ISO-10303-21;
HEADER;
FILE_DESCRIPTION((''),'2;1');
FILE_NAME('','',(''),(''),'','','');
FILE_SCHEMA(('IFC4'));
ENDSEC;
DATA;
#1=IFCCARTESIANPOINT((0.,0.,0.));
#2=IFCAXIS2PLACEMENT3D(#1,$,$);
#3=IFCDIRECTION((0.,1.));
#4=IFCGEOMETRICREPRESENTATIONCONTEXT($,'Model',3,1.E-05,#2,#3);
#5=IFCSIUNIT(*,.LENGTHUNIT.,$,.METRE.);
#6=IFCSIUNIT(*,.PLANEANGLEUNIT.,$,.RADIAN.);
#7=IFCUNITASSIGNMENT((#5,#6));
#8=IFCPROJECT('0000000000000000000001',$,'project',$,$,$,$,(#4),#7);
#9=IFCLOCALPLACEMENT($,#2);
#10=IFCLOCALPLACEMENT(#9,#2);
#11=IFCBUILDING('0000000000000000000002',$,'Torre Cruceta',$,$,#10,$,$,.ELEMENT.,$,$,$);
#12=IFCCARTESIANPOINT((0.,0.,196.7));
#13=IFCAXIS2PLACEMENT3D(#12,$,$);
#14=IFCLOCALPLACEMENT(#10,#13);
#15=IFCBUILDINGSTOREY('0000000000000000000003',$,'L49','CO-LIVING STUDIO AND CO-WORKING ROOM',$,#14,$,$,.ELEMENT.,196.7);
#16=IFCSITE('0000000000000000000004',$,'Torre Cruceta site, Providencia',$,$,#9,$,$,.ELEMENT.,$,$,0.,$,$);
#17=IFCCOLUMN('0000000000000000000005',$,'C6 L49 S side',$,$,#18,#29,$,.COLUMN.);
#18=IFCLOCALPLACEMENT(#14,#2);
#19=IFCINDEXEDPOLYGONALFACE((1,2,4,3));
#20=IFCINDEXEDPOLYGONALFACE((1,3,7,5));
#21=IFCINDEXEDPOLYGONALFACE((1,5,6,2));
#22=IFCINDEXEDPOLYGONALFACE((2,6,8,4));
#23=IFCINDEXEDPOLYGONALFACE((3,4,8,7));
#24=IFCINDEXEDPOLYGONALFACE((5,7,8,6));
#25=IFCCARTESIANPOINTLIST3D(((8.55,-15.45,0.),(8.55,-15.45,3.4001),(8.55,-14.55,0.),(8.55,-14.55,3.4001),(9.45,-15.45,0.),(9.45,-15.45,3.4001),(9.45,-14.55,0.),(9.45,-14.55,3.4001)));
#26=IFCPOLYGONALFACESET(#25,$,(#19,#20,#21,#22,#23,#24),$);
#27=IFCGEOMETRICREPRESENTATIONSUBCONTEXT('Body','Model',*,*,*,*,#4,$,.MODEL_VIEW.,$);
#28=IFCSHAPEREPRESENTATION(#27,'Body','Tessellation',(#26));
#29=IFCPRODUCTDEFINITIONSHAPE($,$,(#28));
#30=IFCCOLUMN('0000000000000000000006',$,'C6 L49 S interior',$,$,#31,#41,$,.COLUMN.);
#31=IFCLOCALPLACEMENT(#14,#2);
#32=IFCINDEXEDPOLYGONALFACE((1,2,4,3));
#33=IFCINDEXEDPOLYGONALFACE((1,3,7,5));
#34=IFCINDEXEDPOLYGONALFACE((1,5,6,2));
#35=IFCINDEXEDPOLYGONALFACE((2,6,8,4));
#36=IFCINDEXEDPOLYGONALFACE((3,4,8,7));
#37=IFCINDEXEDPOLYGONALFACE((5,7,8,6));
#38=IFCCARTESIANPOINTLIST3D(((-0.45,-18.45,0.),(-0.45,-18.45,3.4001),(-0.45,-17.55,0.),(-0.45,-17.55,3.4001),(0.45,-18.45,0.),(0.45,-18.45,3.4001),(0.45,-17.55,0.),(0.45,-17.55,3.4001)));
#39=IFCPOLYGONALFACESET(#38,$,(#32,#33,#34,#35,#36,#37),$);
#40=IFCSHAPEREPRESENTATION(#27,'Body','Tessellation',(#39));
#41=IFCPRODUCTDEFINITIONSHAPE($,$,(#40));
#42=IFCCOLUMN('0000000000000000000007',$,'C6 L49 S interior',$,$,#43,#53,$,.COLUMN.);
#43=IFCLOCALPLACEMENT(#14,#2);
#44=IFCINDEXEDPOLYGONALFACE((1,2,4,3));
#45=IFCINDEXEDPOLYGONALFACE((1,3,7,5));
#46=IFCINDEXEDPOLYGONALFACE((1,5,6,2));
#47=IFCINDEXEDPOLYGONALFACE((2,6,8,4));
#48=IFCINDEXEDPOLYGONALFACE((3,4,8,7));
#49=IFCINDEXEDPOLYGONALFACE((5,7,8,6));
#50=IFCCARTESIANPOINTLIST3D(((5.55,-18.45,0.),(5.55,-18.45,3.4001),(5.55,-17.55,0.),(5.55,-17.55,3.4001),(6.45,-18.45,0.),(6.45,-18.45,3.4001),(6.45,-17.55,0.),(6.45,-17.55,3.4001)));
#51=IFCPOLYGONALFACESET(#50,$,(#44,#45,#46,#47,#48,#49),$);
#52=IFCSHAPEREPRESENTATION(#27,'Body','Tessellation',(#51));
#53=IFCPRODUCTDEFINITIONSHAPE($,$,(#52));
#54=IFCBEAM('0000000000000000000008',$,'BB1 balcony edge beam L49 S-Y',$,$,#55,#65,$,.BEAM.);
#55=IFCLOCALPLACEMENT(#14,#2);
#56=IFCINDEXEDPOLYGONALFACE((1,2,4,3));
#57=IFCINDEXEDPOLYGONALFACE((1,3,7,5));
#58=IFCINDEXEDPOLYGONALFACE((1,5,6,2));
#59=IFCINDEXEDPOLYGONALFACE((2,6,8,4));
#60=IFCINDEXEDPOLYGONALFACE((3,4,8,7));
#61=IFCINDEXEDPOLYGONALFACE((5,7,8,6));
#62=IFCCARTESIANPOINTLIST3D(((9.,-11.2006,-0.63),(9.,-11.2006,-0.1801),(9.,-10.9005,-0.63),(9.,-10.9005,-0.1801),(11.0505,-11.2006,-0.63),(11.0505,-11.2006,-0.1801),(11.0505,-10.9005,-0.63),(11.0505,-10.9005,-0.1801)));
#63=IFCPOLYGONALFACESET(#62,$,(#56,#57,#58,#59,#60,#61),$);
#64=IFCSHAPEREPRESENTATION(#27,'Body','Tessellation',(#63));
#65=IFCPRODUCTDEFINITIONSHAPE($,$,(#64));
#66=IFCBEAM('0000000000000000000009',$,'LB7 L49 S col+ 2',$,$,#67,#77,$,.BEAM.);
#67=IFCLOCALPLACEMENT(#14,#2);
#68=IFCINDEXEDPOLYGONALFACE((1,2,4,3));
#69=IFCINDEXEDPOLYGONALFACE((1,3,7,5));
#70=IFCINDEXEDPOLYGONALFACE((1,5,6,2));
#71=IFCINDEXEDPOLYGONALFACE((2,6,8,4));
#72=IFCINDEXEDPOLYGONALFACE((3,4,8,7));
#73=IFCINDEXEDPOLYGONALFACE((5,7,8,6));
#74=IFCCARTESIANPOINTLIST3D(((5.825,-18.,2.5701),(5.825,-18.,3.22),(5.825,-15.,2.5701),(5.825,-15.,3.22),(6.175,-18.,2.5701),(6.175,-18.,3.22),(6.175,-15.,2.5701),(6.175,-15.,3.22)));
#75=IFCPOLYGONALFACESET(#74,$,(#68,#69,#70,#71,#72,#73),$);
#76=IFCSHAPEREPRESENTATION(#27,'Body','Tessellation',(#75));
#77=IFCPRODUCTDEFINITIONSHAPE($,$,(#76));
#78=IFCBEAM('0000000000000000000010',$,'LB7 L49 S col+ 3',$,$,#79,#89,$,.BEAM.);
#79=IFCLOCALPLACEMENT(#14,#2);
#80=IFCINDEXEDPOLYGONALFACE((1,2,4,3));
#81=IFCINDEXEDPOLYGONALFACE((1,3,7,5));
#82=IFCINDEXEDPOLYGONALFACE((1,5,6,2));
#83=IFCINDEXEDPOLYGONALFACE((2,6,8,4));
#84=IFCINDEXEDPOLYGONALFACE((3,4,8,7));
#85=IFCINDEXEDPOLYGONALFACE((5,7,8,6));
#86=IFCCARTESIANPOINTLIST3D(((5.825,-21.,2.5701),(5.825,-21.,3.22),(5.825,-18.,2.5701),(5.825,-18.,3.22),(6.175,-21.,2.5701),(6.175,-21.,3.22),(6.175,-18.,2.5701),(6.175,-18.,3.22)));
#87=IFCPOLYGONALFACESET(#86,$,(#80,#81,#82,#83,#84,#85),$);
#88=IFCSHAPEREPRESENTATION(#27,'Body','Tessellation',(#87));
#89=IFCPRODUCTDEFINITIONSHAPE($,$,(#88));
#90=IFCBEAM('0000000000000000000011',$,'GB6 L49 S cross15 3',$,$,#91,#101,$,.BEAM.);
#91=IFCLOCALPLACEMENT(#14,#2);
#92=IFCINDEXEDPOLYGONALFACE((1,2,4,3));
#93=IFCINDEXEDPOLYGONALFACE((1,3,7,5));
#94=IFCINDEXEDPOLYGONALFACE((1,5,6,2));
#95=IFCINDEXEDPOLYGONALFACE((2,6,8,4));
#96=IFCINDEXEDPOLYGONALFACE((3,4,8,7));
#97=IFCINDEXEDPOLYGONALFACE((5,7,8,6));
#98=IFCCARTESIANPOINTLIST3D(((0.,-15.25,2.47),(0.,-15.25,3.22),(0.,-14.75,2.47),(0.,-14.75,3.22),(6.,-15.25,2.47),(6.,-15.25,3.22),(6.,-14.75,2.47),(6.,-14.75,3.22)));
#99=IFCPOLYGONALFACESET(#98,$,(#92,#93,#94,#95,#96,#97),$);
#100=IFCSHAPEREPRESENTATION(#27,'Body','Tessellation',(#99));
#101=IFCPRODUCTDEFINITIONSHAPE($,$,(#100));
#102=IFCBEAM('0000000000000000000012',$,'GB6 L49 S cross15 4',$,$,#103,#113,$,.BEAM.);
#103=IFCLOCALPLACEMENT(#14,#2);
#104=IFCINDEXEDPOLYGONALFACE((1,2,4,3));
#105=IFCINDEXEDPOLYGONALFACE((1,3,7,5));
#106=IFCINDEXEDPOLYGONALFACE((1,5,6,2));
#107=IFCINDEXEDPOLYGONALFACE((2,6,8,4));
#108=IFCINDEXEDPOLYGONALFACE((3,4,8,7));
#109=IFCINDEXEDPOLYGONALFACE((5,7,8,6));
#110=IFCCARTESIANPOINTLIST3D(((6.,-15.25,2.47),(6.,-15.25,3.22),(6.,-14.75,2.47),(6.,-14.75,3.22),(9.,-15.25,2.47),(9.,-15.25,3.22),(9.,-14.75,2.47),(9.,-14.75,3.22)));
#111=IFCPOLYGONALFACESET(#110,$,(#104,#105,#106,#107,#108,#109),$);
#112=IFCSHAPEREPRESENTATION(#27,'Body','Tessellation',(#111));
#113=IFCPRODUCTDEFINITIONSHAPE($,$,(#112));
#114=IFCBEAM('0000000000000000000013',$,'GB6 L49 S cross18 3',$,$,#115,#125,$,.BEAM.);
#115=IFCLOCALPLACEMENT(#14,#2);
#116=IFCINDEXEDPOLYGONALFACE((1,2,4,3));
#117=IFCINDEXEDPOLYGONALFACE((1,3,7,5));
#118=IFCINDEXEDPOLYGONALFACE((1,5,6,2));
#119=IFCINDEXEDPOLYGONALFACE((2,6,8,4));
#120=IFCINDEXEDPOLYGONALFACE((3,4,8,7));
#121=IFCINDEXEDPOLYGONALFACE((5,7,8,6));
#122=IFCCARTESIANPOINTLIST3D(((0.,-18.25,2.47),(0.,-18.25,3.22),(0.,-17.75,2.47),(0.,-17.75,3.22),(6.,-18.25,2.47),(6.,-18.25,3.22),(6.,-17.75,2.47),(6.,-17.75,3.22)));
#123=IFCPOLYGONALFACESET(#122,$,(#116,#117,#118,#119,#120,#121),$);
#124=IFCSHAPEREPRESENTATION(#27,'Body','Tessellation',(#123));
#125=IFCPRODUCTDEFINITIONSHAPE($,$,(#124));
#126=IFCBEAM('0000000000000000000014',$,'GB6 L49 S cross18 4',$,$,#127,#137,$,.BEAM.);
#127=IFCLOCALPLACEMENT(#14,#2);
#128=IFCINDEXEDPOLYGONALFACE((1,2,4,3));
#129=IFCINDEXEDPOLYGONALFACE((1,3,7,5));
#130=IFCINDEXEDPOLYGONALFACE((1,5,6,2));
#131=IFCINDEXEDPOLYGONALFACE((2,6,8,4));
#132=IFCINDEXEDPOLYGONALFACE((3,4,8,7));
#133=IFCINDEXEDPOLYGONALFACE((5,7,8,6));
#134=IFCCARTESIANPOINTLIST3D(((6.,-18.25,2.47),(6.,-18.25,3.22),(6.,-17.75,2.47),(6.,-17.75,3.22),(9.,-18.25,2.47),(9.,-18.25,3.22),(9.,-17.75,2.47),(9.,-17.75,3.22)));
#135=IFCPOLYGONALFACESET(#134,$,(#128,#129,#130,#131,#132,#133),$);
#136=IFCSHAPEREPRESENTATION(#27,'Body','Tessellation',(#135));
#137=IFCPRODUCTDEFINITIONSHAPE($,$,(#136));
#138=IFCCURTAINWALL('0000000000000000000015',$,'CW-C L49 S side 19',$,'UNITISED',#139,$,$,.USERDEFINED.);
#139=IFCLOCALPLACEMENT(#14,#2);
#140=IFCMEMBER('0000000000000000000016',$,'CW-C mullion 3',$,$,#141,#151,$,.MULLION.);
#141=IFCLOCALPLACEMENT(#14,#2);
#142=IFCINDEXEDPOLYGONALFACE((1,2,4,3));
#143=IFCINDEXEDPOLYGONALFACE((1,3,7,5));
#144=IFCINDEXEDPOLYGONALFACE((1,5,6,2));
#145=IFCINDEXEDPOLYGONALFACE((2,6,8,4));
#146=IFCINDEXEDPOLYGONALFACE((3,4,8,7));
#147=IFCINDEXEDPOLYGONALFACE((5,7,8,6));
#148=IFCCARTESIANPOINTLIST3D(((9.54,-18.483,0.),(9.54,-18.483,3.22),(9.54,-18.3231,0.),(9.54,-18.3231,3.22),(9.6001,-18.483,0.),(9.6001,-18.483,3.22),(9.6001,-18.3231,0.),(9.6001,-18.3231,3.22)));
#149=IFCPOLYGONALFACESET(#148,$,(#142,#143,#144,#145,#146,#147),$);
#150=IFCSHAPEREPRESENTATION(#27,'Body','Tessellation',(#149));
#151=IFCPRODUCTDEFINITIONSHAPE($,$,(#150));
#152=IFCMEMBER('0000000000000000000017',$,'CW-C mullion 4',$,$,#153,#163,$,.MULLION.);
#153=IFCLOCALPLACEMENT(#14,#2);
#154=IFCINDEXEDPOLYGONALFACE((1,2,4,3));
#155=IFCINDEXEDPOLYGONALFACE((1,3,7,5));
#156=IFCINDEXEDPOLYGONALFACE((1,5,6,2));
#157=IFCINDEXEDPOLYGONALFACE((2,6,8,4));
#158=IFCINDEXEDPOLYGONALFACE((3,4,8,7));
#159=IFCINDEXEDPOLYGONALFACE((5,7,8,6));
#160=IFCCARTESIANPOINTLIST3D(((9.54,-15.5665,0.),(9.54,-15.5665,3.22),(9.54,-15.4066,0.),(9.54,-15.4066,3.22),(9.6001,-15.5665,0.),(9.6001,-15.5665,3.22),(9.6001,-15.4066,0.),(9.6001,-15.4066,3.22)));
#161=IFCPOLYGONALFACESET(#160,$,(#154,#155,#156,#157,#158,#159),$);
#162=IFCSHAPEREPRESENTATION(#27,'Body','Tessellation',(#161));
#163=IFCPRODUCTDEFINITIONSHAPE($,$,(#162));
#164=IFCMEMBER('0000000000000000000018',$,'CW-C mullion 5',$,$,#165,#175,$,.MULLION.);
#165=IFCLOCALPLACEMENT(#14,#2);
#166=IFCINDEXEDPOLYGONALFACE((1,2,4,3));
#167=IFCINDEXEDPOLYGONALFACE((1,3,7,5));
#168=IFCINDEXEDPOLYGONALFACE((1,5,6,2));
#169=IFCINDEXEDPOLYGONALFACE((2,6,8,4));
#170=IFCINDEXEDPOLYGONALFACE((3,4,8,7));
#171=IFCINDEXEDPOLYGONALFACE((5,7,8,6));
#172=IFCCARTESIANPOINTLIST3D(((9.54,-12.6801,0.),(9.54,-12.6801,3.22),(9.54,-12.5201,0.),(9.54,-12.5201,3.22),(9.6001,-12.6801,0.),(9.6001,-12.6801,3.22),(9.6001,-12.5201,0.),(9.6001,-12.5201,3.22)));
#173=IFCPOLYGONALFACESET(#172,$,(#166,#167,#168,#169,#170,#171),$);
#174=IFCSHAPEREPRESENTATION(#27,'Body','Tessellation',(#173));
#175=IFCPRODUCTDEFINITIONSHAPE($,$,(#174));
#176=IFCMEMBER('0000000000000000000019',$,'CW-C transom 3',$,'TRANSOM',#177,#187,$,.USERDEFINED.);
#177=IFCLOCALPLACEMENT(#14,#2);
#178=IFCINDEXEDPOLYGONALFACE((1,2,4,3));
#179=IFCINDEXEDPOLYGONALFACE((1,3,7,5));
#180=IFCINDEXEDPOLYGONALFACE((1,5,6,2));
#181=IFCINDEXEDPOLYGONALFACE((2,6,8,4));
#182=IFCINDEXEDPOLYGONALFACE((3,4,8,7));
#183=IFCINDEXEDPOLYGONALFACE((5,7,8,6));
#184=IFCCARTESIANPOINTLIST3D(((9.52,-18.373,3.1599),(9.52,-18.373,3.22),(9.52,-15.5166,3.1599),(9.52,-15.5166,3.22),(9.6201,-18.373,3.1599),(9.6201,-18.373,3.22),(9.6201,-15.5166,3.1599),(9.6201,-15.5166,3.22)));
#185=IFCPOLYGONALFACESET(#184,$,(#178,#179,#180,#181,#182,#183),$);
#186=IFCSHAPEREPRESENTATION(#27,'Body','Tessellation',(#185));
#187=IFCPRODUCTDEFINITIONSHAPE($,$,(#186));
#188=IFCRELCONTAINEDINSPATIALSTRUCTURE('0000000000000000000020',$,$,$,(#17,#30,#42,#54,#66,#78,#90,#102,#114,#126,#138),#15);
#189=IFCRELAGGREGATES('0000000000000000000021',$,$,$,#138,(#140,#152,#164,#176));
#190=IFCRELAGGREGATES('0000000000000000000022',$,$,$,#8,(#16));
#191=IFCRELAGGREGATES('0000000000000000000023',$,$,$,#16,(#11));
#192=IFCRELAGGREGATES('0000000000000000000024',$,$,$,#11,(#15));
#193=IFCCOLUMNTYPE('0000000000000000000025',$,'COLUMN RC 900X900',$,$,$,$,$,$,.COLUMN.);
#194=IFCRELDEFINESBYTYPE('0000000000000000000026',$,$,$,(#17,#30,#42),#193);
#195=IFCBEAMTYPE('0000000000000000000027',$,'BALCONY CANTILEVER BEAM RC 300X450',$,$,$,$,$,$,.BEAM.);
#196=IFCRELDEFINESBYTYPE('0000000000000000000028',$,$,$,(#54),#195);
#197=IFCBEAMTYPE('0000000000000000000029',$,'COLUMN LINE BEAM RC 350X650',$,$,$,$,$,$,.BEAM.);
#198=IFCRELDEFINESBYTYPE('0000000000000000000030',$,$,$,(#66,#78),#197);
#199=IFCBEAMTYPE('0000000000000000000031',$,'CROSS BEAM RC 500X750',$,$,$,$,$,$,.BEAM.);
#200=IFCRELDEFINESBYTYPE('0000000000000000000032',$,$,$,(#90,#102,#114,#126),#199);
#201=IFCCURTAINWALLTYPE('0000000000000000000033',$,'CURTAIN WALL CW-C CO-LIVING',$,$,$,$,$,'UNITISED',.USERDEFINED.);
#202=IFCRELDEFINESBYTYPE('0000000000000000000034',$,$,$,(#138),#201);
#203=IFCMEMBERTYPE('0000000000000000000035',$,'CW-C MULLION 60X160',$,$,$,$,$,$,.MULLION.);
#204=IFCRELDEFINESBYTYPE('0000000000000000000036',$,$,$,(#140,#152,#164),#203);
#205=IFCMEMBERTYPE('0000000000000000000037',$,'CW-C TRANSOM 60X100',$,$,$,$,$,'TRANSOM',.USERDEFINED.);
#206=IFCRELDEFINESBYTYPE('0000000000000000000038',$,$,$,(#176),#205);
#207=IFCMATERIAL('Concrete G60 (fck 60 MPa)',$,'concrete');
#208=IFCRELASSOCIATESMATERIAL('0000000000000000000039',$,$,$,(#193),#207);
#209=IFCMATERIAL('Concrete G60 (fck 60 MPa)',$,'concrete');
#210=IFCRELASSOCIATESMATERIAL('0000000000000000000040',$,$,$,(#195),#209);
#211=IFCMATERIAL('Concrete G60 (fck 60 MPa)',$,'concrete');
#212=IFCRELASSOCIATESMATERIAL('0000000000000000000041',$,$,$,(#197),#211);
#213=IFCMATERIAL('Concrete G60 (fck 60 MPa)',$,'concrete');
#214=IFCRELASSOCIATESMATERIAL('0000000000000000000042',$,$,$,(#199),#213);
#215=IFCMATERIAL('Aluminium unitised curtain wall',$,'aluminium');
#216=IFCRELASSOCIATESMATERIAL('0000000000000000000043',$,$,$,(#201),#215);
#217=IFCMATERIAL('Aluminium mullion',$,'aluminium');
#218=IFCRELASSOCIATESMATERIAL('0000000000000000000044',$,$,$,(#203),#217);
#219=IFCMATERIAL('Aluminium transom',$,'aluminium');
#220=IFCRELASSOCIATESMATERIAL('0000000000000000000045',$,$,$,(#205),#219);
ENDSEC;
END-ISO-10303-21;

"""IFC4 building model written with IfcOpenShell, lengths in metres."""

from ifc_helpers import new_model, si_unit, direction, frame, origin, origin_2d, place, context, subcontext, project, spatial, rectangle, extrude, material, material_profile, profile_set, type_object, element, aggregate, save


model = new_model("IFC4")

# Units and contexts
model_context = context("Model", 3, precision=1e-05, world=origin(), true_north=direction((0.0, 1.0)))
body_context = subcontext(model_context, "Body", "Model", "MODEL_VIEW")
ifc_project = project(units=[si_unit("LENGTHUNIT", "METRE"), si_unit("PLANEANGLEUNIT", "RADIAN")], contexts=[model_context])

# Site, building, storey
site_placement = place(None, origin())
site = spatial("IfcSite", under=ifc_project, at=site_placement, Name="Torre Cruceta site, Providencia", CompositionType="ELEMENT", RefElevation=0.0)
building_placement = place(site_placement, origin())
building = spatial("IfcBuilding", under=site, at=building_placement, Name="Torre Cruceta", CompositionType="ELEMENT")
storey_placement = place(building_placement, frame((0.0, 0.0, 196.7)))
storey = spatial("IfcBuildingStorey", under=building, at=storey_placement, Name="L49", Description="CO-LIVING STUDIO AND CO-WORKING ROOM", CompositionType="ELEMENT", Elevation=196.7)

# Columns
ifc_material_1 = material(Name="Concrete G60 (fck 60 MPa)", Category="concrete")
ifc_material_profile_1 = material_profile(ifc_material_1, rectangle(XDim=0.8999, YDim=0.8999, at=origin_2d()), Name="RC 900X900")
ifc_profile_set_1 = profile_set([ifc_material_profile_1], Name="Concrete G60 (fck 60 MPa)")
column_type = type_object("IfcColumnType", Name="COLUMN RC 900X900", PredefinedType="COLUMN", material=ifc_profile_set_1)
for number, where, z_axis, x_axis, name in (
    (1, (9.0, -15.0, 0.0), (0.0, 0.0, 1.0), (1.0, 0.0, 0.0), "C6 L49 S side"),
    (2, (0.0, -18.0, 0.0), (0.0, 0.0, 1.0), (1.0, 0.0, 0.0), "C6 L49 S interior"),
    (3, (6.0, -18.0, 0.0), (0.0, 0.0, 1.0), (1.0, 0.0, 0.0), "C6 L49 S interior"),
):
    element("IfcColumn", number, at=place(storey_placement, frame(where, z_axis=z_axis, x_axis=x_axis)), inside=storey, type_object=column_type, Name=name, PredefinedType="COLUMN", context=body_context, shape_type="SweptSolid", body=[
        extrude(rectangle(XDim=0.8999, YDim=0.8999, at=origin_2d()), origin(), (0.0, 0.0, 1.0), 3.4001),
    ])

# Beams
ifc_material_2 = material(Name="Concrete G60 (fck 60 MPa)", Category="concrete")
ifc_material_profile_2 = material_profile(ifc_material_2, rectangle(XDim=0.3, YDim=0.45, at=origin_2d()), Name="RC 300X450")
ifc_profile_set_2 = profile_set([ifc_material_profile_2], Name="Concrete G60 (fck 60 MPa)")
beam_type_1 = type_object("IfcBeamType", Name="BALCONY CANTILEVER BEAM RC 300X450", PredefinedType="BEAM", material=ifc_profile_set_2)
beam_1_placement = place(storey_placement, frame((9.0, -11.0505, -0.405), z_axis=(1.0, 0.0, 0.0), x_axis=(0.0, 1.0, 0.0)))
element("IfcBeam", 4, at=beam_1_placement, inside=storey, type_object=beam_type_1, Name="BB1 balcony edge beam L49 S-Y", PredefinedType="BEAM", context=body_context, shape_type="SweptSolid", body=[
    extrude(rectangle(XDim=0.3, YDim=0.45, at=origin_2d()), origin(), (0.0, 0.0, 1.0), 2.0505),
])
ifc_material_3 = material(Name="Concrete G60 (fck 60 MPa)", Category="concrete")
ifc_material_profile_3 = material_profile(ifc_material_3, rectangle(XDim=0.3501, YDim=0.6499, at=origin_2d()), Name="RC 350X650")
ifc_profile_set_3 = profile_set([ifc_material_profile_3], Name="Concrete G60 (fck 60 MPa)")
beam_type_2 = type_object("IfcBeamType", Name="COLUMN LINE BEAM RC 350X650", PredefinedType="BEAM", material=ifc_profile_set_3)
for number, where, z_axis, x_axis, name in (
    (5, (6.0, -15.0, 2.895), (0.0, -1.0, 0.0), (1.0, 0.0, 0.0), "LB7 L49 S col+ 2"),
    (6, (6.0, -18.0, 2.895), (0.0, -1.0, 0.0), (1.0, 0.0, 0.0), "LB7 L49 S col+ 3"),
):
    element("IfcBeam", number, at=place(storey_placement, frame(where, z_axis=z_axis, x_axis=x_axis)), inside=storey, type_object=beam_type_2, Name=name, PredefinedType="BEAM", context=body_context, shape_type="SweptSolid", body=[
        extrude(rectangle(XDim=0.3501, YDim=0.6499, at=origin_2d()), origin(), (0.0, 0.0, 1.0), 3.0),
    ])
ifc_material_4 = material(Name="Concrete G60 (fck 60 MPa)", Category="concrete")
ifc_material_profile_4 = material_profile(ifc_material_4, rectangle(XDim=0.5, YDim=0.75, at=origin_2d()), Name="RC 500X750")
ifc_profile_set_4 = profile_set([ifc_material_profile_4], Name="Concrete G60 (fck 60 MPa)")
beam_type_3 = type_object("IfcBeamType", Name="CROSS BEAM RC 500X750", PredefinedType="BEAM", material=ifc_profile_set_4)
beam_2_placement = place(storey_placement, frame((0.0, -15.0, 2.845), z_axis=(1.0, 0.0, 0.0), x_axis=(0.0, 1.0, 0.0)))
element("IfcBeam", 7, at=beam_2_placement, inside=storey, type_object=beam_type_3, Name="GB6 L49 S cross15 3", PredefinedType="BEAM", context=body_context, shape_type="SweptSolid", body=[
    extrude(rectangle(XDim=0.5, YDim=0.75, at=origin_2d()), origin(), (0.0, 0.0, 1.0), 6.0),
])
beam_3_placement = place(storey_placement, frame((6.0, -15.0, 2.845), z_axis=(1.0, 0.0, 0.0), x_axis=(0.0, 1.0, 0.0)))
element("IfcBeam", 8, at=beam_3_placement, inside=storey, type_object=beam_type_3, Name="GB6 L49 S cross15 4", PredefinedType="BEAM", context=body_context, shape_type="SweptSolid", body=[
    extrude(rectangle(XDim=0.5, YDim=0.75, at=origin_2d()), origin(), (0.0, 0.0, 1.0), 3.0),
])
beam_4_placement = place(storey_placement, frame((0.0, -18.0, 2.845), z_axis=(1.0, 0.0, 0.0), x_axis=(0.0, 1.0, 0.0)))
element("IfcBeam", 9, at=beam_4_placement, inside=storey, type_object=beam_type_3, Name="GB6 L49 S cross18 3", PredefinedType="BEAM", context=body_context, shape_type="SweptSolid", body=[
    extrude(rectangle(XDim=0.5, YDim=0.75, at=origin_2d()), origin(), (0.0, 0.0, 1.0), 6.0),
])
beam_5_placement = place(storey_placement, frame((6.0, -18.0, 2.845), z_axis=(1.0, 0.0, 0.0), x_axis=(0.0, 1.0, 0.0)))
element("IfcBeam", 10, at=beam_5_placement, inside=storey, type_object=beam_type_3, Name="GB6 L49 S cross18 4", PredefinedType="BEAM", context=body_context, shape_type="SweptSolid", body=[
    extrude(rectangle(XDim=0.5, YDim=0.75, at=origin_2d()), origin(), (0.0, 0.0, 1.0), 3.0),
])

# Curtain wall, members
ifc_material_5 = material(Name="Aluminium unitised curtain wall", Category="aluminium")
curtain_wall_type = type_object("IfcCurtainWallType", Name="CURTAIN WALL CW-C CO-LIVING", ElementType="UNITISED", PredefinedType="USERDEFINED", material=ifc_material_5)
curtain_wall_placement = place(storey_placement, origin())
curtain_wall = element("IfcCurtainWall", 11, at=curtain_wall_placement, inside=storey, type_object=curtain_wall_type, Name="CW-C L49 S side 19", ObjectType="UNITISED", PredefinedType="USERDEFINED")
ifc_material_6 = material(Name="Aluminium mullion", Category="aluminium")
ifc_material_profile_5 = material_profile(ifc_material_6, rectangle(XDim=0.0601, YDim=0.1599, at=origin_2d()), Name="AL 60X160")
ifc_profile_set_5 = profile_set([ifc_material_profile_5], Name="Aluminium mullion")
member_type_1 = type_object("IfcMemberType", Name="CW-C MULLION 60X160", PredefinedType="MULLION", material=ifc_profile_set_5)
member_1_placement = place(storey_placement, frame((9.5701, -18.4031, 0.0), z_axis=(0.0, 0.0, 1.0), x_axis=(-1.0, 0.0, 0.0)))
member_1 = element("IfcMember", 12, at=member_1_placement, type_object=member_type_1, Name="CW-C mullion 3", PredefinedType="MULLION", context=body_context, shape_type="SweptSolid", body=[
    extrude(rectangle(XDim=0.0601, YDim=0.1599, at=origin_2d()), origin(), (0.0, 0.0, 1.0), 3.22),
])
member_2_placement = place(storey_placement, frame((9.5701, -15.4866, 0.0), z_axis=(0.0, 0.0, 1.0), x_axis=(-1.0, 0.0, 0.0)))
member_2 = element("IfcMember", 13, at=member_2_placement, type_object=member_type_1, Name="CW-C mullion 4", PredefinedType="MULLION", context=body_context, shape_type="SweptSolid", body=[
    extrude(rectangle(XDim=0.0601, YDim=0.1599, at=origin_2d()), origin(), (0.0, 0.0, 1.0), 3.22),
])
member_3_placement = place(storey_placement, frame((9.5701, -12.6001, 0.0), z_axis=(0.0, 0.0, 1.0), x_axis=(-1.0, 0.0, 0.0)))
member_3 = element("IfcMember", 14, at=member_3_placement, type_object=member_type_1, Name="CW-C mullion 5", PredefinedType="MULLION", context=body_context, shape_type="SweptSolid", body=[
    extrude(rectangle(XDim=0.0601, YDim=0.1599, at=origin_2d()), origin(), (0.0, 0.0, 1.0), 3.22),
])
ifc_material_7 = material(Name="Aluminium transom", Category="aluminium")
ifc_material_profile_6 = material_profile(ifc_material_7, rectangle(XDim=0.1001, YDim=0.0601, at=origin_2d()), Name="AL 100X60")
ifc_profile_set_6 = profile_set([ifc_material_profile_6], Name="Aluminium transom")
member_type_2 = type_object("IfcMemberType", Name="CW-C TRANSOM 60X100", ElementType="TRANSOM", PredefinedType="USERDEFINED", material=ifc_profile_set_6)
member_4_placement = place(storey_placement, frame((9.5701, -18.373, 3.1899), z_axis=(0.0, 1.0, 0.0), x_axis=(-1.0, 0.0, 0.0)))
member_4 = element("IfcMember", 15, at=member_4_placement, type_object=member_type_2, Name="CW-C transom 3", ObjectType="TRANSOM", PredefinedType="USERDEFINED", context=body_context, shape_type="SweptSolid", body=[
    extrude(rectangle(XDim=0.1001, YDim=0.0601, at=origin_2d()), origin(), (0.0, 0.0, 1.0), 2.8564),
])

aggregate(curtain_wall, [member_1, member_2, member_3, member_4])

save(model, "model.ifc")
